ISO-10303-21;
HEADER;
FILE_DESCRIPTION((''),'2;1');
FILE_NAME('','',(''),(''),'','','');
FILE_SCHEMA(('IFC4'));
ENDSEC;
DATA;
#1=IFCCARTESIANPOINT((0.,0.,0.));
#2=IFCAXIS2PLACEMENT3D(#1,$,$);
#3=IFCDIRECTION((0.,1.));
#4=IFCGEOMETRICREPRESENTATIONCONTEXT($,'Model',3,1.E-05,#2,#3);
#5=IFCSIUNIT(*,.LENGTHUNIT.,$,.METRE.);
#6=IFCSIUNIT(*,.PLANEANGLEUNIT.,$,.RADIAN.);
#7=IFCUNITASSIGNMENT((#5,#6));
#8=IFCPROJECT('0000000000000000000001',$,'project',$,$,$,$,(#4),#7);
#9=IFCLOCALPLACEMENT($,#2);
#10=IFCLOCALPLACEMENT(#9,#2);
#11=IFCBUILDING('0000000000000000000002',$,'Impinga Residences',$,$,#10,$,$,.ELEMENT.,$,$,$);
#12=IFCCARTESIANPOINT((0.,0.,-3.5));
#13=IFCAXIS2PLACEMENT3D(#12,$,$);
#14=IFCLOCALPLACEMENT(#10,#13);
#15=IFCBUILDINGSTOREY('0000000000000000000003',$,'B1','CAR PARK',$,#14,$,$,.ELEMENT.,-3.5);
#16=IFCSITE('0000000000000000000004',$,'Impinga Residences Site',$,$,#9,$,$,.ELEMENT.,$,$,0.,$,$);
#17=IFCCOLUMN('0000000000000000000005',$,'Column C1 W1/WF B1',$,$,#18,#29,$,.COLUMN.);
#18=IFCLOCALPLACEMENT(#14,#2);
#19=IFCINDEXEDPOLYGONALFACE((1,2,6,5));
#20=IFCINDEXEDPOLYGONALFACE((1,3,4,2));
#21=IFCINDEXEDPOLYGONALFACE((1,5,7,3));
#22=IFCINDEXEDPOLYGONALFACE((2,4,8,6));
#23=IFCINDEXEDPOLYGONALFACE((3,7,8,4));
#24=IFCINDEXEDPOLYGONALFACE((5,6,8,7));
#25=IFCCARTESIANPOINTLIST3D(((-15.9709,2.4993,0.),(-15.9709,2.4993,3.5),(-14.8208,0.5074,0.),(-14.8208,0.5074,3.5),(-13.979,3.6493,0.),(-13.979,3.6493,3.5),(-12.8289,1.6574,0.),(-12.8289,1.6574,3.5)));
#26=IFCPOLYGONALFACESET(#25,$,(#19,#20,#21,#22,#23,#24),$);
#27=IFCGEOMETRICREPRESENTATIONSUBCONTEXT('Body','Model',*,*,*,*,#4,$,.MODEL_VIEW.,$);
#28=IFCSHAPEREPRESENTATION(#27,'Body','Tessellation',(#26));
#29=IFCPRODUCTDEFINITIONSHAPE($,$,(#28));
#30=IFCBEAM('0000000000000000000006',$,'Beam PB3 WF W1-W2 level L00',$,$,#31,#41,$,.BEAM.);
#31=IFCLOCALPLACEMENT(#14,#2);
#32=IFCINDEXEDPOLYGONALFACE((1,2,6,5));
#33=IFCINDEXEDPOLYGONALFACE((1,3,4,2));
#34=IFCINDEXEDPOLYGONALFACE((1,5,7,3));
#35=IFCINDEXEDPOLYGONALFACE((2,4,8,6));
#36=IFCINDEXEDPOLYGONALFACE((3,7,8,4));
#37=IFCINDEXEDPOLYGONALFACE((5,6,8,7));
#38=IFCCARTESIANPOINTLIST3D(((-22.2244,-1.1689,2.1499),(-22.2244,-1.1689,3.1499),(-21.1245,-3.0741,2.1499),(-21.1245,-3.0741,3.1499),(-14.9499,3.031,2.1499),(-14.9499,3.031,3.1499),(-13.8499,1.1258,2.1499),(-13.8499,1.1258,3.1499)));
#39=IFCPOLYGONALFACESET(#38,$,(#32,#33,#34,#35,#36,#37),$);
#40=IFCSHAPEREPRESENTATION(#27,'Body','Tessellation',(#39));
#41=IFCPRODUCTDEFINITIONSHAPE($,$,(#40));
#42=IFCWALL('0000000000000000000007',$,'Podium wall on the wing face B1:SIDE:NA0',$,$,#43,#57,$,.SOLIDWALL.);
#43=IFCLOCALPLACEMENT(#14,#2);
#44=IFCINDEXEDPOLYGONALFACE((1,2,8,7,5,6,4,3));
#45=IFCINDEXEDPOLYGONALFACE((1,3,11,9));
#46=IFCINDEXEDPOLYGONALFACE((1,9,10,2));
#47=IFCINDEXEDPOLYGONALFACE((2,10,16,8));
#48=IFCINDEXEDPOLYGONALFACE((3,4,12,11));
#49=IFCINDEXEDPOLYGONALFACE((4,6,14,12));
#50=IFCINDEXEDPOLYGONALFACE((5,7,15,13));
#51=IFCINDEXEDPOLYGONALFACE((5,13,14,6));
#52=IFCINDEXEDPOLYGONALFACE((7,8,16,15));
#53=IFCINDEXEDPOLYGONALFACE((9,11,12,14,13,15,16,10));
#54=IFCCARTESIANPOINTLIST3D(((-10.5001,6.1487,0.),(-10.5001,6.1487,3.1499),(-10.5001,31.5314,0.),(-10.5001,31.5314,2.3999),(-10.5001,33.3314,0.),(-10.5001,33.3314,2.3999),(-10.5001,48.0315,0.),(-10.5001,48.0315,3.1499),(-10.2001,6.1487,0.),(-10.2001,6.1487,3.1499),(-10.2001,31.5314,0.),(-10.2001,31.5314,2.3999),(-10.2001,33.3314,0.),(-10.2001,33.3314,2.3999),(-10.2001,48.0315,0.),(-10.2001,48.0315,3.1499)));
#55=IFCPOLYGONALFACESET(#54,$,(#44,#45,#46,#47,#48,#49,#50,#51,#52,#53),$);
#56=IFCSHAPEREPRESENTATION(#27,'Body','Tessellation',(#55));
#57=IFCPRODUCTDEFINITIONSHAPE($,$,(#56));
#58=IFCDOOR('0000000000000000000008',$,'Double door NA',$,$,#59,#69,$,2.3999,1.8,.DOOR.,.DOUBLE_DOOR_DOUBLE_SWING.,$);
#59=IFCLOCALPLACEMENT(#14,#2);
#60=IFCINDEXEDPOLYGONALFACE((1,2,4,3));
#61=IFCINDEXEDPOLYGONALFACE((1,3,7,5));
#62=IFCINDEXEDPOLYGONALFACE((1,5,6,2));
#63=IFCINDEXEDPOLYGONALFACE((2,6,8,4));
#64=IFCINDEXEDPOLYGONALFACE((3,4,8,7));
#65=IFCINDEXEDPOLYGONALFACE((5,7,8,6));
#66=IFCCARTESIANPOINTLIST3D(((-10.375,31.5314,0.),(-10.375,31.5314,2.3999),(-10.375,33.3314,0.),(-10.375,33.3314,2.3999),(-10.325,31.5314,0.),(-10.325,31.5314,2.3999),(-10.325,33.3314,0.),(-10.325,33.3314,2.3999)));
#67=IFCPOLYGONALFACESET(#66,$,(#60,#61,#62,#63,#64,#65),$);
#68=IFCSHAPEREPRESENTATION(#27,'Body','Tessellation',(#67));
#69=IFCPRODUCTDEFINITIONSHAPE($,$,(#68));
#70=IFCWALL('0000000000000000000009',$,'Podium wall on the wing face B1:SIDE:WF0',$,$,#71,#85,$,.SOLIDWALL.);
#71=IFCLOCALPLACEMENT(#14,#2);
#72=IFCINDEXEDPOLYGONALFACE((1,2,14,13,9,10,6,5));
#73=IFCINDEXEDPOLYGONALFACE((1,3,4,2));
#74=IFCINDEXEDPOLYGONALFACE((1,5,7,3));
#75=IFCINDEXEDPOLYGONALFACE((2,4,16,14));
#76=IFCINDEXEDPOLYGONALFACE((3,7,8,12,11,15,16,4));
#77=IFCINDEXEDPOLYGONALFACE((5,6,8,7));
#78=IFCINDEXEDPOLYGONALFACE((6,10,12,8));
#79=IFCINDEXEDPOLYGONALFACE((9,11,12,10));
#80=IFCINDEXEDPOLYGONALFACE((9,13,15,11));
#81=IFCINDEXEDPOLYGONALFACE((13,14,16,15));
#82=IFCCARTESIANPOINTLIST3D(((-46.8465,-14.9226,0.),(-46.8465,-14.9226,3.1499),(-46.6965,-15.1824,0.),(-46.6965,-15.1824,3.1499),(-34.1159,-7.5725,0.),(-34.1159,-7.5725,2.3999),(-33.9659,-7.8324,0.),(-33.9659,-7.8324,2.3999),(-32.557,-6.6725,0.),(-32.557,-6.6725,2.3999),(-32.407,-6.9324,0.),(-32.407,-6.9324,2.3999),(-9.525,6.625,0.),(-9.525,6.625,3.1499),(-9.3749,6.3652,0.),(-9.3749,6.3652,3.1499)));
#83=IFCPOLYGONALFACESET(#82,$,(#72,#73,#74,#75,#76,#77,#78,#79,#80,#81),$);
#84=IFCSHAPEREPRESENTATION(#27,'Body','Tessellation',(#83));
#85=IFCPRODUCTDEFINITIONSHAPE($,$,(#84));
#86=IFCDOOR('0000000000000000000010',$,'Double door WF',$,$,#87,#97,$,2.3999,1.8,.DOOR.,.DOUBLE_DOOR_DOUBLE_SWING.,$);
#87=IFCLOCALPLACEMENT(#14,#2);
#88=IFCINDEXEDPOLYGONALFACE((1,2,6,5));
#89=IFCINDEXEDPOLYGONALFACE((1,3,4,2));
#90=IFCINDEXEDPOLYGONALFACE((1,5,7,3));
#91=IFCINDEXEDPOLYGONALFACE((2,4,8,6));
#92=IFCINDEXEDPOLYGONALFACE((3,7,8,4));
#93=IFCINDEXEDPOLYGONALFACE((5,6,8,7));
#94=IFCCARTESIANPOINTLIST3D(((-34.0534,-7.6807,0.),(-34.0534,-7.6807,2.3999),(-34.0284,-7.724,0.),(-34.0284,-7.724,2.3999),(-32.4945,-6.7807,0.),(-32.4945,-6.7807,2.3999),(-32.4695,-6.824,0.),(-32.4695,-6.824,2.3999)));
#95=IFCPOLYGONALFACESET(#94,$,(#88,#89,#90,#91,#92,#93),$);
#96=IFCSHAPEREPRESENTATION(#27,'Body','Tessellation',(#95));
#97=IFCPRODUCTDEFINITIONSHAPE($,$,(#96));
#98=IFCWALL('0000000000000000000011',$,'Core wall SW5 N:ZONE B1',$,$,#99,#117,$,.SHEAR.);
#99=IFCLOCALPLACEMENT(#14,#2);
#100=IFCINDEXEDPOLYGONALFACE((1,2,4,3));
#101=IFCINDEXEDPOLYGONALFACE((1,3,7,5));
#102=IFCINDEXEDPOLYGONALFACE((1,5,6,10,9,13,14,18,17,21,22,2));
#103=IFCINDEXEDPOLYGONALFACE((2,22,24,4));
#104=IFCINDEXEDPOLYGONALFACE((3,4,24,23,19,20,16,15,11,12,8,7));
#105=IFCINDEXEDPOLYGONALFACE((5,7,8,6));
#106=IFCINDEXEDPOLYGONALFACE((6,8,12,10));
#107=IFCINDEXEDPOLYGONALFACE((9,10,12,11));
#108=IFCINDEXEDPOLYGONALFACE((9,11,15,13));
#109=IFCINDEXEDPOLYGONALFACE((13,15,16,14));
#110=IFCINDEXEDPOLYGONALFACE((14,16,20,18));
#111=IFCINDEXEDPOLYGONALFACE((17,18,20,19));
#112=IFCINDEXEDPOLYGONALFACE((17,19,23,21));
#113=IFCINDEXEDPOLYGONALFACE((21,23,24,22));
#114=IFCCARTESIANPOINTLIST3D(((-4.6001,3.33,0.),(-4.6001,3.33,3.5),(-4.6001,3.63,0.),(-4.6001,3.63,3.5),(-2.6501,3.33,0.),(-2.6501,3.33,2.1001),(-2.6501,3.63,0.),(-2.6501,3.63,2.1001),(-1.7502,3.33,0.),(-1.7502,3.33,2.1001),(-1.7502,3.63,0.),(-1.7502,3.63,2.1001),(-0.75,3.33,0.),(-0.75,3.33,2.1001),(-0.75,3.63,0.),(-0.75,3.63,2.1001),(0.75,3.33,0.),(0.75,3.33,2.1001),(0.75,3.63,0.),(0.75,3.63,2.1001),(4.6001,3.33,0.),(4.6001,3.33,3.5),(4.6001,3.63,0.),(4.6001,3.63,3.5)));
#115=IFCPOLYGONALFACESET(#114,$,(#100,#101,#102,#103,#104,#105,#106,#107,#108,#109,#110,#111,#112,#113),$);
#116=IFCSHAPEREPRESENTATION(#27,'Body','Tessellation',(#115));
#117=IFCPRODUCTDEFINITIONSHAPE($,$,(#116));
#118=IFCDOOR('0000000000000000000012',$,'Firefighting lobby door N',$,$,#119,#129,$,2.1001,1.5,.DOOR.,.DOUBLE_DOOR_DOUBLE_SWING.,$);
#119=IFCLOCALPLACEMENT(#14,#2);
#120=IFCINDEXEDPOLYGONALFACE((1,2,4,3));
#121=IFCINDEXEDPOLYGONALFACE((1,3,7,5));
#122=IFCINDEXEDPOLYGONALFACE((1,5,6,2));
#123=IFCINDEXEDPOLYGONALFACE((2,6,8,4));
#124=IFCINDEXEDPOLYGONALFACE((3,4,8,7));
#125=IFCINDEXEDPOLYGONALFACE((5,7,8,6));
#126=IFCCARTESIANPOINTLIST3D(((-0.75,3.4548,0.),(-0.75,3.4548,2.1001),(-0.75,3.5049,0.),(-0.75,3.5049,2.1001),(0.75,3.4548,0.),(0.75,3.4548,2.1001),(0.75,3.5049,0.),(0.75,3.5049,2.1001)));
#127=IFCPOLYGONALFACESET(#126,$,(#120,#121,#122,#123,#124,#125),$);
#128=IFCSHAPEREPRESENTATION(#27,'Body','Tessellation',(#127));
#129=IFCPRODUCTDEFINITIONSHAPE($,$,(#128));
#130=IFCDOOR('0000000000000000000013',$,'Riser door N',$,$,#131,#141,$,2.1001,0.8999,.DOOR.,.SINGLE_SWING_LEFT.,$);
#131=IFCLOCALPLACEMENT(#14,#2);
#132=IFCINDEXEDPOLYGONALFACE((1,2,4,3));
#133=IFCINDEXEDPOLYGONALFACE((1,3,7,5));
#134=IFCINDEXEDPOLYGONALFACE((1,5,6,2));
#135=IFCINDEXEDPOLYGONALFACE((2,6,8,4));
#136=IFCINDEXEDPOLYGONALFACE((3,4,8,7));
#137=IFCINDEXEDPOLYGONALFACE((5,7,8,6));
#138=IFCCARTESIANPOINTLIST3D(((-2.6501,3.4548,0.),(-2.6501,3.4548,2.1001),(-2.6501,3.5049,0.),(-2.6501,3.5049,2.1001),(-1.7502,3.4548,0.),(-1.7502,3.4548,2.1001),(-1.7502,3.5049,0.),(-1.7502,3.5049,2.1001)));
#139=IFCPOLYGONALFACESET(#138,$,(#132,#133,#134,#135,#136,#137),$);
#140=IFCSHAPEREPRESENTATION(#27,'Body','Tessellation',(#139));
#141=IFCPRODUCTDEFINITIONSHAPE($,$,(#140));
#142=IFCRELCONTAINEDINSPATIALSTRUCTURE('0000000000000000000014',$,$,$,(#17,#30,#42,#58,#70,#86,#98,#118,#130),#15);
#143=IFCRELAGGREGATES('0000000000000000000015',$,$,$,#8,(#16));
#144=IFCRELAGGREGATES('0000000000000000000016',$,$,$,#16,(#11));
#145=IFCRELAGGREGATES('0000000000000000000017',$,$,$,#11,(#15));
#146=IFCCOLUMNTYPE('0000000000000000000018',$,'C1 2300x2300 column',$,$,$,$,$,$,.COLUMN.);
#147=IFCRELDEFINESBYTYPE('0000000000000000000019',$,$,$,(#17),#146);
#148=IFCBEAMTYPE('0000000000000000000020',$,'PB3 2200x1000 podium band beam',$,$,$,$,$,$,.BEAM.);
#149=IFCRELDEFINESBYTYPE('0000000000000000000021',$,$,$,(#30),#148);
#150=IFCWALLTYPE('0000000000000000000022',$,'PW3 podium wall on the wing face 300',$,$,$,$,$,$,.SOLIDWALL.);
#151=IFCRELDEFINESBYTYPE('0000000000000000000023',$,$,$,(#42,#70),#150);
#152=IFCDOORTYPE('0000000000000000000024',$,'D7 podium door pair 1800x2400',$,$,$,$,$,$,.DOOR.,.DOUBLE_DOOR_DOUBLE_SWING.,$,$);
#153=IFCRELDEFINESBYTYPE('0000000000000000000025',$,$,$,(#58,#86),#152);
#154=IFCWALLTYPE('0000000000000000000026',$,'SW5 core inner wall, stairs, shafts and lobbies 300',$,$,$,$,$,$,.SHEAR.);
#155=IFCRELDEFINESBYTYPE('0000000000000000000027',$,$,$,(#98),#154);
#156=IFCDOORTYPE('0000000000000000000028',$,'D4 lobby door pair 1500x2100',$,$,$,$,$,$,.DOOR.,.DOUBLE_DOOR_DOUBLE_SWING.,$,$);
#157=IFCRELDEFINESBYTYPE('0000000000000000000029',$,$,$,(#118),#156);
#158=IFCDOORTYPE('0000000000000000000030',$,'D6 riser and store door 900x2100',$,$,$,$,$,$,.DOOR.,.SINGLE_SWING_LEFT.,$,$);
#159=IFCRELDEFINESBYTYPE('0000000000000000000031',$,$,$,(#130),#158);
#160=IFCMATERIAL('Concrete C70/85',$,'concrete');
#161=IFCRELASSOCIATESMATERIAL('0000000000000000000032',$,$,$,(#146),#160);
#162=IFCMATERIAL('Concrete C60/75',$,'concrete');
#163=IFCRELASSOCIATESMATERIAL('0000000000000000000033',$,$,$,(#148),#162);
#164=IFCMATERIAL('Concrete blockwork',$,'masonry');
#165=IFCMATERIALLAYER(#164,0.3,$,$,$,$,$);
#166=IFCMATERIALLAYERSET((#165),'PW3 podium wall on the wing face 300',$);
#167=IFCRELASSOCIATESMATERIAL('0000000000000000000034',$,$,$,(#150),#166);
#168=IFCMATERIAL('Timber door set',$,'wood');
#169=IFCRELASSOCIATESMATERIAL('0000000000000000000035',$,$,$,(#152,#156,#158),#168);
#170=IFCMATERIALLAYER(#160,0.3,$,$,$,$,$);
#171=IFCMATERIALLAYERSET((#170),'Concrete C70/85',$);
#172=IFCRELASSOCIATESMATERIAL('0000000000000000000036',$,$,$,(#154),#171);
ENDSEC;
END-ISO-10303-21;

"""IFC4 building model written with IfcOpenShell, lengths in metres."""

from ifc_helpers import new_model, si_unit, direction, frame, frame_2d, origin, origin_2d, place, context, subcontext, project, spatial, rectangle, extrude, material, layer, layer_set, material_profile, profile_set, type_object, element, fill, save


model = new_model("IFC4")

# Units and contexts
model_context = context("Model", 3, precision=1e-05, world=origin(), true_north=direction((0.0, 1.0)))
body_context = subcontext(model_context, "Body", "Model", "MODEL_VIEW")
ifc_project = project(units=[si_unit("LENGTHUNIT", "METRE"), si_unit("PLANEANGLEUNIT", "RADIAN")], contexts=[model_context])

# Site, building, storey
site_placement = place(None, origin())
site = spatial("IfcSite", under=ifc_project, at=site_placement, Name="Impinga Residences Site", CompositionType="ELEMENT", RefElevation=0.0)
building_placement = place(site_placement, origin())
building = spatial("IfcBuilding", under=site, at=building_placement, Name="Impinga Residences", CompositionType="ELEMENT")
storey_placement = place(building_placement, frame((0.0, 0.0, -3.5)))
storey = spatial("IfcBuildingStorey", under=building, at=storey_placement, Name="B1", Description="CAR PARK", CompositionType="ELEMENT", Elevation=-3.5)

# Column
ifc_material_1 = material(Name="Concrete C70/85", Category="concrete")
ifc_material_profile_1 = material_profile(ifc_material_1, rectangle(XDim=2.3, YDim=2.3, at=origin_2d()), Name="RC 2300x2300")
ifc_profile_set_1 = profile_set([ifc_material_profile_1], Name="Concrete C70/85")
column_type = type_object("IfcColumnType", Name="C1 2300x2300 column", PredefinedType="COLUMN", material=ifc_profile_set_1)
column_placement = place(storey_placement, frame((-14.3999, 2.0784, 0.0), z_axis=(0.0, 0.0, 1.0), x_axis=(-0.5, 0.866025, 0.0)))
element("IfcColumn", 1, at=column_placement, inside=storey, type_object=column_type, Name="Column C1 W1/WF B1", PredefinedType="COLUMN", context=body_context, shape_type="SweptSolid", body=[
    extrude(rectangle(XDim=2.3, YDim=2.3, at=origin_2d()), origin(), (0.0, 0.0, 1.0), 3.5),
])

# Beam
ifc_material_2 = material(Name="Concrete C60/75", Category="concrete")
ifc_material_profile_2 = material_profile(ifc_material_2, rectangle(XDim=2.2, YDim=1.0, at=origin_2d()), Name="RC 2200x1000")
ifc_profile_set_2 = profile_set([ifc_material_profile_2], Name="Concrete C60/75")
beam_type = type_object("IfcBeamType", Name="PB3 2200x1000 podium band beam", PredefinedType="BEAM", material=ifc_profile_set_2)
beam_placement = place(storey_placement, frame((-14.3999, 2.0784, 2.6499), z_axis=(-0.866029, -0.499993, 0.0), x_axis=(0.499993, -0.866029, 0.0)))
element("IfcBeam", 2, at=beam_placement, inside=storey, type_object=beam_type, Name="Beam PB3 WF W1-W2 level L00", PredefinedType="BEAM", context=body_context, shape_type="SweptSolid", body=[
    extrude(rectangle(XDim=2.2, YDim=1.0, at=origin_2d()), origin(), (0.0, 0.0, 1.0), 8.3999),
])

# Walls, openings, doors
ifc_material_3 = material(Name="Concrete blockwork", Category="masonry")
ifc_layer_1 = layer(ifc_material_3, 0.3)
ifc_layer_set_1 = layer_set([ifc_layer_1], Name="PW3 podium wall on the wing face 300")
wall_type_1 = type_object("IfcWallType", Name="PW3 podium wall on the wing face 300", PredefinedType="SOLIDWALL", material=ifc_layer_set_1)
wall_1_placement = place(storey_placement, frame((-10.3501, 6.1487, 0.0), z_axis=(0.0, 0.0, 1.0), x_axis=(0.0, 1.0, 0.0)))
wall_1 = element("IfcWall", 3, at=wall_1_placement, inside=storey, type_object=wall_type_1, Name="Podium wall on the wing face B1:SIDE:NA0", PredefinedType="SOLIDWALL", context=body_context, shape_type="SweptSolid", body=[
    extrude(rectangle(XDim=41.8828, YDim=0.3, at=frame_2d((20.9414, 0.0))), origin(), (0.0, 0.0, 1.0), 3.1499),
])
opening_1_placement = place(wall_1_placement, frame((25.3828, 0.0, 0.0)))
opening_1 = element("IfcOpeningElement", 4, at=opening_1_placement, cuts=wall_1, PredefinedType="OPENING", context=body_context, shape_type="SweptSolid", body=[
    extrude(rectangle(XDim=1.8, YDim=2.3999, at=frame_2d((0.8999, 1.2))), frame((0.0, 0.1599, 0.0), z_axis=(0.0, -1.0, 0.0), x_axis=(1.0, 0.0, 0.0)), (0.0, 0.0, 1.0), 0.3201),
])
ifc_material_4 = material(Name="Timber door set", Category="wood")
door_type_1 = type_object("IfcDoorType", Name="D7 podium door pair 1800x2400", OperationType="DOUBLE_DOOR_DOUBLE_SWING", PredefinedType="DOOR", material=ifc_material_4)
door_1_placement = place(opening_1_placement, origin())
door_1 = element("IfcDoor", 5, at=door_1_placement, inside=storey, type_object=door_type_1, Name="Double door NA", OperationType="DOUBLE_DOOR_DOUBLE_SWING", OverallHeight=2.3999, OverallWidth=1.8, PredefinedType="DOOR", context=body_context, shape_type="SweptSolid", body=[
    extrude(rectangle(XDim=1.8, YDim=2.3999, at=frame_2d((0.8999, 1.2))), frame((0.0, 0.0249, 0.0), z_axis=(0.0, -1.0, 0.0), x_axis=(1.0, 0.0, 0.0)), (0.0, 0.0, 1.0), 0.05),
])
fill(opening_1, door_1)
wall_2_placement = place(storey_placement, frame((-9.45, 6.4951, 0.0), z_axis=(0.0, 0.0, 1.0), x_axis=(-0.866025, -0.5, 0.0)))
wall_2 = element("IfcWall", 6, at=wall_2_placement, inside=storey, type_object=wall_type_1, Name="Podium wall on the wing face B1:SIDE:WF0", PredefinedType="SOLIDWALL", context=body_context, shape_type="SweptSolid", body=[
    extrude(rectangle(XDim=43.0952, YDim=0.3, at=frame_2d((21.5476, 0.0))), origin(), (0.0, 0.0, 1.0), 3.1499),
])
opening_2_placement = place(wall_2_placement, frame((26.5952, 0.0, 0.0)))
opening_2 = element("IfcOpeningElement", 7, at=opening_2_placement, cuts=wall_2, PredefinedType="OPENING", context=body_context, shape_type="SweptSolid", body=[
    extrude(rectangle(XDim=1.8, YDim=2.3999, at=frame_2d((0.8999, 1.2))), frame((0.0, 0.1599, 0.0), z_axis=(0.0, -1.0, 0.0), x_axis=(1.0, 0.0, 0.0)), (0.0, 0.0, 1.0), 0.3201),
])
door_2_placement = place(opening_2_placement, origin())
door_2 = element("IfcDoor", 8, at=door_2_placement, inside=storey, type_object=door_type_1, Name="Double door WF", OperationType="DOUBLE_DOOR_DOUBLE_SWING", OverallHeight=2.3999, OverallWidth=1.8, PredefinedType="DOOR", context=body_context, shape_type="SweptSolid", body=[
    extrude(rectangle(XDim=1.8, YDim=2.3999, at=frame_2d((0.8999, 1.2))), frame((0.0, 0.0249, 0.0), z_axis=(0.0, -1.0, 0.0), x_axis=(1.0, 0.0, 0.0)), (0.0, 0.0, 1.0), 0.05),
])
fill(opening_2, door_2)

# Wall, openings, doors
ifc_layer_2 = layer(ifc_material_1, 0.3)
ifc_layer_set_2 = layer_set([ifc_layer_2], Name="Concrete C70/85")
wall_type_2 = type_object("IfcWallType", Name="SW5 core inner wall, stairs, shafts and lobbies 300", PredefinedType="SHEAR", material=ifc_layer_set_2)
wall_3_placement = place(storey_placement, frame((-4.6001, 3.48, 0.0), z_axis=(0.0, 0.0, 1.0), x_axis=(1.0, 0.0, 0.0)))
wall_3 = element("IfcWall", 9, at=wall_3_placement, inside=storey, type_object=wall_type_2, Name="Core wall SW5 N:ZONE B1", PredefinedType="SHEAR", context=body_context, shape_type="SweptSolid", body=[
    extrude(rectangle(XDim=9.2002, YDim=0.3, at=frame_2d((4.6001, 0.0))), origin(), (0.0, 0.0, 1.0), 3.5),
])
opening_3_placement = place(wall_3_placement, frame((3.8501, 0.0, 0.0)))
opening_3 = element("IfcOpeningElement", 10, at=opening_3_placement, cuts=wall_3, PredefinedType="OPENING", context=body_context, shape_type="SweptSolid", body=[
    extrude(rectangle(XDim=1.5, YDim=2.1001, at=frame_2d((0.75, 1.05))), frame((0.0, 0.1599, 0.0), z_axis=(0.0, -1.0, 0.0), x_axis=(1.0, 0.0, 0.0)), (0.0, 0.0, 1.0), 0.3201),
])
opening_4_placement = place(wall_3_placement, frame((1.95, 0.0, 0.0)))
opening_4 = element("IfcOpeningElement", 11, at=opening_4_placement, cuts=wall_3, PredefinedType="OPENING", context=body_context, shape_type="SweptSolid", body=[
    extrude(rectangle(XDim=0.8999, YDim=2.1001, at=frame_2d((0.45, 1.05))), frame((0.0, 0.1599, 0.0), z_axis=(0.0, -1.0, 0.0), x_axis=(1.0, 0.0, 0.0)), (0.0, 0.0, 1.0), 0.3201),
])
door_type_2 = type_object("IfcDoorType", Name="D4 lobby door pair 1500x2100", OperationType="DOUBLE_DOOR_DOUBLE_SWING", PredefinedType="DOOR", material=ifc_material_4)
door_3_placement = place(opening_3_placement, origin())
door_3 = element("IfcDoor", 12, at=door_3_placement, inside=storey, type_object=door_type_2, Name="Firefighting lobby door N", OperationType="DOUBLE_DOOR_DOUBLE_SWING", OverallHeight=2.1001, OverallWidth=1.5, PredefinedType="DOOR", context=body_context, shape_type="SweptSolid", body=[
    extrude(rectangle(XDim=1.5, YDim=2.1001, at=frame_2d((0.75, 1.05))), frame((0.0, 0.0249, 0.0), z_axis=(0.0, -1.0, 0.0), x_axis=(1.0, 0.0, 0.0)), (0.0, 0.0, 1.0), 0.05),
])
fill(opening_3, door_3)
door_type_3 = type_object("IfcDoorType", Name="D6 riser and store door 900x2100", OperationType="SINGLE_SWING_LEFT", PredefinedType="DOOR", material=ifc_material_4)
door_4_placement = place(opening_4_placement, origin())
door_4 = element("IfcDoor", 13, at=door_4_placement, inside=storey, type_object=door_type_3, Name="Riser door N", OperationType="SINGLE_SWING_LEFT", OverallHeight=2.1001, OverallWidth=0.8999, PredefinedType="DOOR", context=body_context, shape_type="SweptSolid", body=[
    extrude(rectangle(XDim=0.8999, YDim=2.1001, at=frame_2d((0.45, 1.05))), frame((0.0, 0.0249, 0.0), z_axis=(0.0, -1.0, 0.0), x_axis=(1.0, 0.0, 0.0)), (0.0, 0.0, 1.0), 0.05),
])
fill(opening_4, door_4)

save(model, "model.ifc")
